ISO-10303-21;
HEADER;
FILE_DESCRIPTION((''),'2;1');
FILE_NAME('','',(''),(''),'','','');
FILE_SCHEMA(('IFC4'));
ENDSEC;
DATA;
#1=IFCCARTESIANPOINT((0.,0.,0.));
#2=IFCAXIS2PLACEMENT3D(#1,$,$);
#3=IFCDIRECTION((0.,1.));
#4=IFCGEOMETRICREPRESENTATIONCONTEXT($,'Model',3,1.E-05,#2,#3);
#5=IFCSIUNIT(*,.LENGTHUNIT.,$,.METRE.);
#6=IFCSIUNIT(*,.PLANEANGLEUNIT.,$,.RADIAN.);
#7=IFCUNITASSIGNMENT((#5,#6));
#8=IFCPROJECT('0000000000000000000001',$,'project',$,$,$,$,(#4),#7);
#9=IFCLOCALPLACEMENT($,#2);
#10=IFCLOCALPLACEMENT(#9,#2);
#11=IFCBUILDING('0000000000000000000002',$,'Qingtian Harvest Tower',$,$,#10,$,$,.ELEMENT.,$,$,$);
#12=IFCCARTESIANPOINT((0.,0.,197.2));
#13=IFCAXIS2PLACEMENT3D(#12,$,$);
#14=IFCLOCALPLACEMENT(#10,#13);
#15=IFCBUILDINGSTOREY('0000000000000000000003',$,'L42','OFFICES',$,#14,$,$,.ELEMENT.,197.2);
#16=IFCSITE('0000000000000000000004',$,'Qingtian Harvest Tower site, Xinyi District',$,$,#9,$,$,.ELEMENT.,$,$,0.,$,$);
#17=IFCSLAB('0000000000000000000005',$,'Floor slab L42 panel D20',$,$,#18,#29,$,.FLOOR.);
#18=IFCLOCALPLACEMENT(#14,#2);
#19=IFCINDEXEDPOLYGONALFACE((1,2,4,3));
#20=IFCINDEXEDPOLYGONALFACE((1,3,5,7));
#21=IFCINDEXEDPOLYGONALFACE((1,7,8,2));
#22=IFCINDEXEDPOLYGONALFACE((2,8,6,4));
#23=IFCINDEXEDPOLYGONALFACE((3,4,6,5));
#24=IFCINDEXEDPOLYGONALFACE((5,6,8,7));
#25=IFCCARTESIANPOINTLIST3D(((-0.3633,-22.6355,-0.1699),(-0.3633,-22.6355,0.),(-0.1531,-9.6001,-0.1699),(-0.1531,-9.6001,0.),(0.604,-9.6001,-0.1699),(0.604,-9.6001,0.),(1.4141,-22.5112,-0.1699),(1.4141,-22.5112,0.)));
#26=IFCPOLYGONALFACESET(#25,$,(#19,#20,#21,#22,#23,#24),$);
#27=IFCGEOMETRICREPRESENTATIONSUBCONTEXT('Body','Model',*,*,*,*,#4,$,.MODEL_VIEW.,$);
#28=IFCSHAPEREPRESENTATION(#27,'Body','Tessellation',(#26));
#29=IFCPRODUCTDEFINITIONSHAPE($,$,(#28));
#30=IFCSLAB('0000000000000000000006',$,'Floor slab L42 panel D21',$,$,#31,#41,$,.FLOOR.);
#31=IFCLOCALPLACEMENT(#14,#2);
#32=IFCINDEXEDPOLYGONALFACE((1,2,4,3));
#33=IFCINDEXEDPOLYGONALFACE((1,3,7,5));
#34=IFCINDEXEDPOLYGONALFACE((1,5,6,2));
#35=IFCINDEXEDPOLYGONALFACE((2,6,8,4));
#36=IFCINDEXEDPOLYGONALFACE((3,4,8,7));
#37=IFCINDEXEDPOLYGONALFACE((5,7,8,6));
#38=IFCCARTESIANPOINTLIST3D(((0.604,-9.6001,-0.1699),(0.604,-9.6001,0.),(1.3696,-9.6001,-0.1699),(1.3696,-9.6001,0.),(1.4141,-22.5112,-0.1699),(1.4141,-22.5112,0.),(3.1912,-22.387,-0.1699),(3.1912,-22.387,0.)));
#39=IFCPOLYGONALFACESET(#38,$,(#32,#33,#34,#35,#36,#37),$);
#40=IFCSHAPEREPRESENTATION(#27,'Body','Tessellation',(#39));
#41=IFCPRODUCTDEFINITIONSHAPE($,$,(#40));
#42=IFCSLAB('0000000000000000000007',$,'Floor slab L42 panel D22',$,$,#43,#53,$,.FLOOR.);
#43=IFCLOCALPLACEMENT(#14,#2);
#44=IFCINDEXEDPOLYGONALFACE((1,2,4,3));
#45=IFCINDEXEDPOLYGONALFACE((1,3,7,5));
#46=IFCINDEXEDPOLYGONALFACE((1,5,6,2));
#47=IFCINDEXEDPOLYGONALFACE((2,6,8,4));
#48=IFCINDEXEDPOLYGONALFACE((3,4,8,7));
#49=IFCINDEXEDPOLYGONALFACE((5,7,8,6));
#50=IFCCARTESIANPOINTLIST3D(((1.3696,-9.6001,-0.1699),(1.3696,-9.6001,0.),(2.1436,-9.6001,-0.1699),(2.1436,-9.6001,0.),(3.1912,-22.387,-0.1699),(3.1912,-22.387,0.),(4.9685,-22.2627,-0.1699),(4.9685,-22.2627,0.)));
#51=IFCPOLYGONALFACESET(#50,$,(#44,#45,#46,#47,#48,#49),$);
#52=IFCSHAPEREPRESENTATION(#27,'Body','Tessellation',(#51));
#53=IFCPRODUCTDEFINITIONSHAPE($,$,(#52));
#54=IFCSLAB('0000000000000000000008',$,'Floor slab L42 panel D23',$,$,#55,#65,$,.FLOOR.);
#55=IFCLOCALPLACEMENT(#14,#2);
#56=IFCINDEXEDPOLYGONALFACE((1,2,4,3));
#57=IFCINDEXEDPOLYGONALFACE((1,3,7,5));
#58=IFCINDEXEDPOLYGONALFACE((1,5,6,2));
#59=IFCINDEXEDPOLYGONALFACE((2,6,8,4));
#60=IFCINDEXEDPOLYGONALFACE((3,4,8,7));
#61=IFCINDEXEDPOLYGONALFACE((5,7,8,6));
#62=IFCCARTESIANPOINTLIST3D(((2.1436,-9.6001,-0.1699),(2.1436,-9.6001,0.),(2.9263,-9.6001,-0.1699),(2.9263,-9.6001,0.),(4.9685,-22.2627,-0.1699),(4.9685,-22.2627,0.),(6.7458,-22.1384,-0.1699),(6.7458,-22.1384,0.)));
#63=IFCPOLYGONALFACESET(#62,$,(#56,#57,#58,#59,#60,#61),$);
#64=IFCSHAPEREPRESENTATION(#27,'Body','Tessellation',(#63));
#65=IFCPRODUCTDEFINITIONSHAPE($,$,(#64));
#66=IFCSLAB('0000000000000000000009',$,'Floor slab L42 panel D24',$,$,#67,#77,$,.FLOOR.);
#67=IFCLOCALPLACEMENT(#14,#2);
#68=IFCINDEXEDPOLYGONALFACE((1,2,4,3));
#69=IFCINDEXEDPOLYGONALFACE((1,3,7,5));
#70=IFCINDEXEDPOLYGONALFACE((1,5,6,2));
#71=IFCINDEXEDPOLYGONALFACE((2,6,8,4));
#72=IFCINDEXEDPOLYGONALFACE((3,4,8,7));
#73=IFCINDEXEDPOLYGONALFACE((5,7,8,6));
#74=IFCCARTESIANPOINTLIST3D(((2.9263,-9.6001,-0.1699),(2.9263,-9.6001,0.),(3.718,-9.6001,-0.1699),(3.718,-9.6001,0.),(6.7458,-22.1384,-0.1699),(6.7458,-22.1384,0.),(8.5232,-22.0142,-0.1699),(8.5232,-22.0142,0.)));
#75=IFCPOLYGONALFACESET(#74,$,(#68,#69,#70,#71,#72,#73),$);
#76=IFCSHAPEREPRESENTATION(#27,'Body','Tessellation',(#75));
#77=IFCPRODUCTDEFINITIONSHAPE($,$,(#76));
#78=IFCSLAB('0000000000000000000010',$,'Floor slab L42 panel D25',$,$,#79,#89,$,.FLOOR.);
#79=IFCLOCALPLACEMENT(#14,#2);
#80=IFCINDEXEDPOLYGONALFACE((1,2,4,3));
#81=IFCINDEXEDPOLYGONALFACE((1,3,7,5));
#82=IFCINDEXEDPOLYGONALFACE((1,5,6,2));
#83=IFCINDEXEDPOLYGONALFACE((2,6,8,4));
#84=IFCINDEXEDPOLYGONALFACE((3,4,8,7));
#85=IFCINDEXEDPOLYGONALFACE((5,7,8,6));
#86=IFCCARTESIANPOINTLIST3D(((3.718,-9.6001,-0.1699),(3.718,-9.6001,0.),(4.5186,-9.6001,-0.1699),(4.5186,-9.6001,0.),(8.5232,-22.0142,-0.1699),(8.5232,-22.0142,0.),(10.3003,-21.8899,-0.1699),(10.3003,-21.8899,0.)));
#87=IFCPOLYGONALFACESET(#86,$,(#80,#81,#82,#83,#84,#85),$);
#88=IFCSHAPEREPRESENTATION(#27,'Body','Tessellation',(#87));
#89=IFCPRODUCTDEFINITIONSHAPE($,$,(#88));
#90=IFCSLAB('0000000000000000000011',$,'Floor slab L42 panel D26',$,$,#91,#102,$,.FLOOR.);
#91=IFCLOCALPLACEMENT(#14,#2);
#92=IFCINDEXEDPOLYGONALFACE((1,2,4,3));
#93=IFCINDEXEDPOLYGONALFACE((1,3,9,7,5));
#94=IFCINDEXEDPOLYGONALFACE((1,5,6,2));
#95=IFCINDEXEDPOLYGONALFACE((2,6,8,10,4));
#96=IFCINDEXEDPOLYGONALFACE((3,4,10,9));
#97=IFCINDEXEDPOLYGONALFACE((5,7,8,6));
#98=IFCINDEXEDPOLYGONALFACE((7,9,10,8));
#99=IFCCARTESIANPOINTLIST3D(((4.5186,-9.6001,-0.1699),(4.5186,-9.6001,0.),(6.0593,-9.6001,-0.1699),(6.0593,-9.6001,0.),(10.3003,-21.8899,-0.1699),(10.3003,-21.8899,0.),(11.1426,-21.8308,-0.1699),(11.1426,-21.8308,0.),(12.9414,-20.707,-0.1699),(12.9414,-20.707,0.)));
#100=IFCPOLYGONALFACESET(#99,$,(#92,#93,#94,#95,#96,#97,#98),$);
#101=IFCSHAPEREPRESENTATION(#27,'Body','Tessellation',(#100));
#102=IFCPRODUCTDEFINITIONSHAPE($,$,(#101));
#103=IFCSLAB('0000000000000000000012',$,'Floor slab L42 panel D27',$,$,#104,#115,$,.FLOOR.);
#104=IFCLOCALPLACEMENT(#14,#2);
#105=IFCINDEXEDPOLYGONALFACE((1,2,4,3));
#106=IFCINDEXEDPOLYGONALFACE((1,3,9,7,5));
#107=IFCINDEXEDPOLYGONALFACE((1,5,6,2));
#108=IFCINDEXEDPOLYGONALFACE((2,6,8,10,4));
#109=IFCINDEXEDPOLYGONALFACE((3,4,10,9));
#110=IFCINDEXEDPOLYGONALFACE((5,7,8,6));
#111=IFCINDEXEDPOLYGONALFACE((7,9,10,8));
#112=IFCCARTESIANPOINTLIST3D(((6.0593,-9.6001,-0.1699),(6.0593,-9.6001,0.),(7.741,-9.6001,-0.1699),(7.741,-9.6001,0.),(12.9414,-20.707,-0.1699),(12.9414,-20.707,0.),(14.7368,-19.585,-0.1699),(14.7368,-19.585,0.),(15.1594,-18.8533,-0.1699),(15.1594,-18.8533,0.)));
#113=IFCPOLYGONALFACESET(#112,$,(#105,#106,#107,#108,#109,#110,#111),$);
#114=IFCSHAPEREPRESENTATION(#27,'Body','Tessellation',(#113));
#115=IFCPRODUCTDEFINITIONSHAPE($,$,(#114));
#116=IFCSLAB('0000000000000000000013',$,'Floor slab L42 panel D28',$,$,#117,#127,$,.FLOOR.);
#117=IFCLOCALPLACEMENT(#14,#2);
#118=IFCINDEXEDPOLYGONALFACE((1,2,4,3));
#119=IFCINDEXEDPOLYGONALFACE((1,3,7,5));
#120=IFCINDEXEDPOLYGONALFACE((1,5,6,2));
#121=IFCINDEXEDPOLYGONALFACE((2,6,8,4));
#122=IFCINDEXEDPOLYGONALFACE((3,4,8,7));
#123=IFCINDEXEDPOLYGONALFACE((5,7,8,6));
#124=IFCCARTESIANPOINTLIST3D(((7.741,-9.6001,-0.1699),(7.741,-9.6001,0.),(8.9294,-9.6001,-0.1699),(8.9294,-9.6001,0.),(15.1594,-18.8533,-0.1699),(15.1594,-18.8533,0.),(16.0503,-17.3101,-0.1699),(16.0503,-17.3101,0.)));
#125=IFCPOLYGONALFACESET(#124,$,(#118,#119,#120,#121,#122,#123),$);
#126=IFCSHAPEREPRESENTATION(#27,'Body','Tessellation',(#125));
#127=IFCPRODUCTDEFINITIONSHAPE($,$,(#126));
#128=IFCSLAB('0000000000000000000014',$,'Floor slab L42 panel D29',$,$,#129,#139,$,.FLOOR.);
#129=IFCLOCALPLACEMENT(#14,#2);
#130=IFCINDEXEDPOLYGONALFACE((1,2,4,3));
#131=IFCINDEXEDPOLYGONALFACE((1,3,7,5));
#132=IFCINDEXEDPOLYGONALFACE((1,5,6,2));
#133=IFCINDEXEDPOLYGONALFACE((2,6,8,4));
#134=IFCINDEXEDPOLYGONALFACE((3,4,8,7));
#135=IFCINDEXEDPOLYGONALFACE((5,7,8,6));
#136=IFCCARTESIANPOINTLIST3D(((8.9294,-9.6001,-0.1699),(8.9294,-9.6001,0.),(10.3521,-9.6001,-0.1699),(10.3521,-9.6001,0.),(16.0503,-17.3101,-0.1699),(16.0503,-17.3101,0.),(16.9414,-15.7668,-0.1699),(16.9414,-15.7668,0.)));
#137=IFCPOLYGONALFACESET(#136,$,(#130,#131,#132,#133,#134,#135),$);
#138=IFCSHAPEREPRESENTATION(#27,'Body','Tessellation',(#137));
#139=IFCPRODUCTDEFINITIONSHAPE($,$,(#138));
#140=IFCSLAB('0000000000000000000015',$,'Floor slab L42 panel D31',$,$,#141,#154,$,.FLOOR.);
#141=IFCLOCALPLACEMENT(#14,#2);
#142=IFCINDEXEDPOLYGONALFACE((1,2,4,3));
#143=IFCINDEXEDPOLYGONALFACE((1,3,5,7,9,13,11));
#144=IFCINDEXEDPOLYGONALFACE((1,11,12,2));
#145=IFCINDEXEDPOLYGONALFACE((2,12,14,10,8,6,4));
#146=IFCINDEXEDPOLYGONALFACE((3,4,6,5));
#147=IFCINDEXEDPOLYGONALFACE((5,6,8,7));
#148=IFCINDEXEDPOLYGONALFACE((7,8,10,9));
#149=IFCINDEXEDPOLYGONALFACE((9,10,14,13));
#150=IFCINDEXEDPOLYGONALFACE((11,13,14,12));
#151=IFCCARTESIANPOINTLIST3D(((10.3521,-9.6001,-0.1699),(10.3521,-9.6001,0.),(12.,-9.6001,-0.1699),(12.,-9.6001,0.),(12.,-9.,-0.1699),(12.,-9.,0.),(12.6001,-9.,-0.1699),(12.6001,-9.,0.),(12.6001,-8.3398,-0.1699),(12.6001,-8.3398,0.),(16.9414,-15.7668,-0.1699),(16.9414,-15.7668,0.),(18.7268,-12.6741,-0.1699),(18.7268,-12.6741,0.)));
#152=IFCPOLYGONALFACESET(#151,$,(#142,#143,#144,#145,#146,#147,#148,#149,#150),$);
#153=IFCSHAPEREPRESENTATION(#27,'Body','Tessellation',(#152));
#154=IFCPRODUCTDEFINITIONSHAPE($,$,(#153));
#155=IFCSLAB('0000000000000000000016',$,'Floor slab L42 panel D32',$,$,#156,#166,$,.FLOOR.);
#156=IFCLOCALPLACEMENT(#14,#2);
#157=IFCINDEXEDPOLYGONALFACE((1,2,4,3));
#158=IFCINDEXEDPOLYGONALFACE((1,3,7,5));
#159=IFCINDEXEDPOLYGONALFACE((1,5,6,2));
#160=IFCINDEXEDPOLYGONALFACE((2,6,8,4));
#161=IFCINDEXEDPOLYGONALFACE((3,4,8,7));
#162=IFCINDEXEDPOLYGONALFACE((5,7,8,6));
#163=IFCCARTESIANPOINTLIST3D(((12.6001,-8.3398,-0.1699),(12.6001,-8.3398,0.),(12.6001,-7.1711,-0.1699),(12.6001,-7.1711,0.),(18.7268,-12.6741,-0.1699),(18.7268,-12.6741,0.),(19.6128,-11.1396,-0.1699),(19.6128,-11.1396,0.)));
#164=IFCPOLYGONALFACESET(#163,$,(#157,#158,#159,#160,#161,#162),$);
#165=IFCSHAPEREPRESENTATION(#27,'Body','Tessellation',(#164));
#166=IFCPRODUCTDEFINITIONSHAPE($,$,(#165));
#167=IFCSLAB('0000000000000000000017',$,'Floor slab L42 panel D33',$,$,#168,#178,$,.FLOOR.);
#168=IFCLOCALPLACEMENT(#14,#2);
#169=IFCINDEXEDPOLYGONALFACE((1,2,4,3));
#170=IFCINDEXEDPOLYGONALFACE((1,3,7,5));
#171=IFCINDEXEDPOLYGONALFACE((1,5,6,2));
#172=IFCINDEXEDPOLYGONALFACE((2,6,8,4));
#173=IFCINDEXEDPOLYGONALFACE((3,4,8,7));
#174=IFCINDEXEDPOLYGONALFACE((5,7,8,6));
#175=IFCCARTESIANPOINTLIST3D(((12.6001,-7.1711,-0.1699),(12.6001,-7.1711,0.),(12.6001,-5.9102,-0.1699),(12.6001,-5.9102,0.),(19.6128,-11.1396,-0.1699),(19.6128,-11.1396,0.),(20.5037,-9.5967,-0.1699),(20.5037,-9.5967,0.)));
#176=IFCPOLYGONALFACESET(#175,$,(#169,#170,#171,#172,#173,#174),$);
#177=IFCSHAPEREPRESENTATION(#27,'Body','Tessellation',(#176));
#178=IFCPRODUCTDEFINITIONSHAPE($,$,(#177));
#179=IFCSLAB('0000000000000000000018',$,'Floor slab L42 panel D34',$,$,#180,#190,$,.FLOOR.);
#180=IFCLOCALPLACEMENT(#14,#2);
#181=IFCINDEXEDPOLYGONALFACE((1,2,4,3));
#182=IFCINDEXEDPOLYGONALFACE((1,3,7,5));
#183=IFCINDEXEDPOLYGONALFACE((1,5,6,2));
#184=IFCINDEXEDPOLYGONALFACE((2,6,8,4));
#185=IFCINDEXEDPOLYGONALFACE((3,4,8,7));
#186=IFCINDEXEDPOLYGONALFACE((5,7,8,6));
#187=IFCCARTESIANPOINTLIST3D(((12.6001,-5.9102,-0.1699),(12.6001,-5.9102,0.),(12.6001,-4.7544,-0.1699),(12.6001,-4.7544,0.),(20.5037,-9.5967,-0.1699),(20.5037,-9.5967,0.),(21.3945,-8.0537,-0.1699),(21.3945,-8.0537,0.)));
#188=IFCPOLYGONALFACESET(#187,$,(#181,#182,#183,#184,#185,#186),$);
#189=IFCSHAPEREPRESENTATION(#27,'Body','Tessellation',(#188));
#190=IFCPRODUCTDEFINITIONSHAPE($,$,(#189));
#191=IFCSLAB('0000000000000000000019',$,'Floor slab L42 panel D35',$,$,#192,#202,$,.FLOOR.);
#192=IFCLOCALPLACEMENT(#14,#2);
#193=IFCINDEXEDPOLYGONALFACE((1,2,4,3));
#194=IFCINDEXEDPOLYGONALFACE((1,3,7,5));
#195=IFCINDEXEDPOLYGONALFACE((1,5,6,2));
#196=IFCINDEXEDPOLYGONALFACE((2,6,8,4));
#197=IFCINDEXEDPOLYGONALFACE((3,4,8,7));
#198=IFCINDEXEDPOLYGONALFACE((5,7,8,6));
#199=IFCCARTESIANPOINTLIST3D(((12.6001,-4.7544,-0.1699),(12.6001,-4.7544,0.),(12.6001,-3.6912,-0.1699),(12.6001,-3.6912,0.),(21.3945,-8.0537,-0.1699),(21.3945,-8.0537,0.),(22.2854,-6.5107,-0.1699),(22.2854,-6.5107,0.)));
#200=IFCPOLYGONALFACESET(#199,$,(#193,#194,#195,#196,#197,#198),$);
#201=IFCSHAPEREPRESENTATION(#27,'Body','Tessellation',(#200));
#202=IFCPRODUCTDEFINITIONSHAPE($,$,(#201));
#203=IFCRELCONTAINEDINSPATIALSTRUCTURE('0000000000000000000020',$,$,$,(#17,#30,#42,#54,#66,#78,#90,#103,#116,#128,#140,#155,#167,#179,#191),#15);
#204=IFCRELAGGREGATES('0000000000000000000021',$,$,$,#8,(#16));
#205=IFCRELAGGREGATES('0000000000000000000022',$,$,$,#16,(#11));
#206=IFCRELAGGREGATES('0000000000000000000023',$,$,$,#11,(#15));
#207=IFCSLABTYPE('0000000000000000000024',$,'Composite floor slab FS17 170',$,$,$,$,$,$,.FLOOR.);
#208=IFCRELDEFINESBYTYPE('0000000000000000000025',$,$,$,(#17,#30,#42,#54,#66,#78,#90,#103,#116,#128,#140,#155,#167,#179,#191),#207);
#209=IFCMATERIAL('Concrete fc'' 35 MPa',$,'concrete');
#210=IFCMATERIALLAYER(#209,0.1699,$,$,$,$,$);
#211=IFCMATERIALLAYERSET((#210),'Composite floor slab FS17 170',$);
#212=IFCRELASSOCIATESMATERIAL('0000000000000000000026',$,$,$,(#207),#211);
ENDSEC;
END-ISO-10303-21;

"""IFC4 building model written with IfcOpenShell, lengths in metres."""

from ifc_helpers import new_model, si_unit, direction, frame, origin, place, context, subcontext, project, spatial, polyline, outline, extrude, material, layer, layer_set, type_object, element, save


model = new_model("IFC4")

# Units and contexts
model_context = context("Model", 3, precision=1e-05, world=origin(), true_north=direction((0.0, 1.0)))
body_context = subcontext(model_context, "Body", "Model", "MODEL_VIEW")
ifc_project = project(units=[si_unit("LENGTHUNIT", "METRE"), si_unit("PLANEANGLEUNIT", "RADIAN")], contexts=[model_context])

# Site, building, storey
site_placement = place(None, origin())
site = spatial("IfcSite", under=ifc_project, at=site_placement, Name="Qingtian Harvest Tower site, Xinyi District", CompositionType="ELEMENT", RefElevation=0.0)
building_placement = place(site_placement, origin())
building = spatial("IfcBuilding", under=site, at=building_placement, Name="Qingtian Harvest Tower", CompositionType="ELEMENT")
storey_placement = place(building_placement, frame((0.0, 0.0, 197.2)))
storey = spatial("IfcBuildingStorey", under=building, at=storey_placement, Name="L42", Description="OFFICES", CompositionType="ELEMENT", Elevation=197.2)

# Slabs
ifc_material = material(Name="Concrete fc' 35 MPa", Category="concrete")
ifc_layer = layer(ifc_material, 0.1699)
ifc_layer_set = layer_set([ifc_layer], Name="Composite floor slab FS17 170")
slab_type = type_object("IfcSlabType", Name="Composite floor slab FS17 170", PredefinedType="FLOOR", material=ifc_layer_set)
slab_1_placement = place(storey_placement, frame((0.0, 0.0, -0.1699)))
element("IfcSlab", 1, at=slab_1_placement, inside=storey, type_object=slab_type, Name="Floor slab L42 panel D20", PredefinedType="FLOOR", context=body_context, shape_type="SweptSolid", body=[
    extrude(outline(polyline([(0.604, -9.6001), (1.4141, -22.5112), (-0.3633, -22.6355), (-0.1531, -9.6001), (0.604, -9.6001)])), origin(), (0.0, 0.0, 1.0), 0.1699),
])
slab_2_placement = place(storey_placement, frame((0.0, 0.0, -0.1699)))
element("IfcSlab", 2, at=slab_2_placement, inside=storey, type_object=slab_type, Name="Floor slab L42 panel D21", PredefinedType="FLOOR", context=body_context, shape_type="SweptSolid", body=[
    extrude(outline(polyline([(1.3696, -9.6001), (3.1912, -22.387), (1.4141, -22.5112), (0.604, -9.6001), (1.3696, -9.6001)])), origin(), (0.0, 0.0, 1.0), 0.1699),
])
slab_3_placement = place(storey_placement, frame((0.0, 0.0, -0.1699)))
element("IfcSlab", 3, at=slab_3_placement, inside=storey, type_object=slab_type, Name="Floor slab L42 panel D22", PredefinedType="FLOOR", context=body_context, shape_type="SweptSolid", body=[
    extrude(outline(polyline([(2.1436, -9.6001), (4.9685, -22.2627), (3.1912, -22.387), (1.3696, -9.6001), (2.1436, -9.6001)])), origin(), (0.0, 0.0, 1.0), 0.1699),
])
slab_4_placement = place(storey_placement, frame((0.0, 0.0, -0.1699)))
element("IfcSlab", 4, at=slab_4_placement, inside=storey, type_object=slab_type, Name="Floor slab L42 panel D23", PredefinedType="FLOOR", context=body_context, shape_type="SweptSolid", body=[
    extrude(outline(polyline([(2.9263, -9.6001), (6.7458, -22.1384), (4.9685, -22.2627), (2.1436, -9.6001), (2.9263, -9.6001)])), origin(), (0.0, 0.0, 1.0), 0.1699),
])
slab_5_placement = place(storey_placement, frame((0.0, 0.0, -0.1699)))
element("IfcSlab", 5, at=slab_5_placement, inside=storey, type_object=slab_type, Name="Floor slab L42 panel D24", PredefinedType="FLOOR", context=body_context, shape_type="SweptSolid", body=[
    extrude(outline(polyline([(3.718, -9.6001), (8.5232, -22.0142), (6.7458, -22.1384), (2.9263, -9.6001), (3.718, -9.6001)])), origin(), (0.0, 0.0, 1.0), 0.1699),
])
slab_6_placement = place(storey_placement, frame((0.0, 0.0, -0.1699)))
element("IfcSlab", 6, at=slab_6_placement, inside=storey, type_object=slab_type, Name="Floor slab L42 panel D25", PredefinedType="FLOOR", context=body_context, shape_type="SweptSolid", body=[
    extrude(outline(polyline([(4.5186, -9.6001), (10.3003, -21.8899), (8.5232, -22.0142), (3.718, -9.6001), (4.5186, -9.6001)])), origin(), (0.0, 0.0, 1.0), 0.1699),
])
slab_7_placement = place(storey_placement, frame((0.0, 0.0, -0.1699)))
element("IfcSlab", 7, at=slab_7_placement, inside=storey, type_object=slab_type, Name="Floor slab L42 panel D26", PredefinedType="FLOOR", context=body_context, shape_type="SweptSolid", body=[
    extrude(outline(polyline([(4.5186, -9.6001), (6.0593, -9.6001), (12.9414, -20.707), (11.1426, -21.8308), (10.3003, -21.8899), (4.5186, -9.6001)])), origin(), (0.0, 0.0, 1.0), 0.1699),
])
slab_8_placement = place(storey_placement, frame((0.0, 0.0, -0.1699)))
element("IfcSlab", 8, at=slab_8_placement, inside=storey, type_object=slab_type, Name="Floor slab L42 panel D27", PredefinedType="FLOOR", context=body_context, shape_type="SweptSolid", body=[
    extrude(outline(polyline([(6.0593, -9.6001), (7.741, -9.6001), (15.1594, -18.8533), (14.7368, -19.585), (12.9414, -20.707), (6.0593, -9.6001)])), origin(), (0.0, 0.0, 1.0), 0.1699),
])
slab_9_placement = place(storey_placement, frame((0.0, 0.0, -0.1699)))
element("IfcSlab", 9, at=slab_9_placement, inside=storey, type_object=slab_type, Name="Floor slab L42 panel D28", PredefinedType="FLOOR", context=body_context, shape_type="SweptSolid", body=[
    extrude(outline(polyline([(8.9294, -9.6001), (16.0503, -17.3101), (15.1594, -18.8533), (7.741, -9.6001), (8.9294, -9.6001)])), origin(), (0.0, 0.0, 1.0), 0.1699),
])
slab_10_placement = place(storey_placement, frame((0.0, 0.0, -0.1699)))
element("IfcSlab", 10, at=slab_10_placement, inside=storey, type_object=slab_type, Name="Floor slab L42 panel D29", PredefinedType="FLOOR", context=body_context, shape_type="SweptSolid", body=[
    extrude(outline(polyline([(10.3521, -9.6001), (16.9414, -15.7668), (16.0503, -17.3101), (8.9294, -9.6001), (10.3521, -9.6001)])), origin(), (0.0, 0.0, 1.0), 0.1699),
])
slab_11_placement = place(storey_placement, frame((0.0, 0.0, -0.1699)))
element("IfcSlab", 11, at=slab_11_placement, inside=storey, type_object=slab_type, Name="Floor slab L42 panel D31", PredefinedType="FLOOR", context=body_context, shape_type="SweptSolid", body=[
    extrude(outline(polyline([(12.6001, -8.3398), (18.7268, -12.6741), (16.9414, -15.7668), (10.3521, -9.6001), (12.0, -9.6001), (12.0, -9.0), (12.6001, -9.0), (12.6001, -8.3398)])), origin(), (0.0, 0.0, 1.0), 0.1699),
])
slab_12_placement = place(storey_placement, frame((0.0, 0.0, -0.1699)))
element("IfcSlab", 12, at=slab_12_placement, inside=storey, type_object=slab_type, Name="Floor slab L42 panel D32", PredefinedType="FLOOR", context=body_context, shape_type="SweptSolid", body=[
    extrude(outline(polyline([(12.6001, -7.1711), (19.6128, -11.1396), (18.7268, -12.6741), (12.6001, -8.3398), (12.6001, -7.1711)])), origin(), (0.0, 0.0, 1.0), 0.1699),
])
slab_13_placement = place(storey_placement, frame((0.0, 0.0, -0.1699)))
element("IfcSlab", 13, at=slab_13_placement, inside=storey, type_object=slab_type, Name="Floor slab L42 panel D33", PredefinedType="FLOOR", context=body_context, shape_type="SweptSolid", body=[
    extrude(outline(polyline([(12.6001, -5.9102), (20.5037, -9.5967), (19.6128, -11.1396), (12.6001, -7.1711), (12.6001, -5.9102)])), origin(), (0.0, 0.0, 1.0), 0.1699),
])
slab_14_placement = place(storey_placement, frame((0.0, 0.0, -0.1699)))
element("IfcSlab", 14, at=slab_14_placement, inside=storey, type_object=slab_type, Name="Floor slab L42 panel D34", PredefinedType="FLOOR", context=body_context, shape_type="SweptSolid", body=[
    extrude(outline(polyline([(12.6001, -4.7544), (21.3945, -8.0537), (20.5037, -9.5967), (12.6001, -5.9102), (12.6001, -4.7544)])), origin(), (0.0, 0.0, 1.0), 0.1699),
])
slab_15_placement = place(storey_placement, frame((0.0, 0.0, -0.1699)))
element("IfcSlab", 15, at=slab_15_placement, inside=storey, type_object=slab_type, Name="Floor slab L42 panel D35", PredefinedType="FLOOR", context=body_context, shape_type="SweptSolid", body=[
    extrude(outline(polyline([(12.6001, -3.6912), (22.2854, -6.5107), (21.3945, -8.0537), (12.6001, -4.7544), (12.6001, -3.6912)])), origin(), (0.0, 0.0, 1.0), 0.1699),
])

save(model, "model.ifc")
